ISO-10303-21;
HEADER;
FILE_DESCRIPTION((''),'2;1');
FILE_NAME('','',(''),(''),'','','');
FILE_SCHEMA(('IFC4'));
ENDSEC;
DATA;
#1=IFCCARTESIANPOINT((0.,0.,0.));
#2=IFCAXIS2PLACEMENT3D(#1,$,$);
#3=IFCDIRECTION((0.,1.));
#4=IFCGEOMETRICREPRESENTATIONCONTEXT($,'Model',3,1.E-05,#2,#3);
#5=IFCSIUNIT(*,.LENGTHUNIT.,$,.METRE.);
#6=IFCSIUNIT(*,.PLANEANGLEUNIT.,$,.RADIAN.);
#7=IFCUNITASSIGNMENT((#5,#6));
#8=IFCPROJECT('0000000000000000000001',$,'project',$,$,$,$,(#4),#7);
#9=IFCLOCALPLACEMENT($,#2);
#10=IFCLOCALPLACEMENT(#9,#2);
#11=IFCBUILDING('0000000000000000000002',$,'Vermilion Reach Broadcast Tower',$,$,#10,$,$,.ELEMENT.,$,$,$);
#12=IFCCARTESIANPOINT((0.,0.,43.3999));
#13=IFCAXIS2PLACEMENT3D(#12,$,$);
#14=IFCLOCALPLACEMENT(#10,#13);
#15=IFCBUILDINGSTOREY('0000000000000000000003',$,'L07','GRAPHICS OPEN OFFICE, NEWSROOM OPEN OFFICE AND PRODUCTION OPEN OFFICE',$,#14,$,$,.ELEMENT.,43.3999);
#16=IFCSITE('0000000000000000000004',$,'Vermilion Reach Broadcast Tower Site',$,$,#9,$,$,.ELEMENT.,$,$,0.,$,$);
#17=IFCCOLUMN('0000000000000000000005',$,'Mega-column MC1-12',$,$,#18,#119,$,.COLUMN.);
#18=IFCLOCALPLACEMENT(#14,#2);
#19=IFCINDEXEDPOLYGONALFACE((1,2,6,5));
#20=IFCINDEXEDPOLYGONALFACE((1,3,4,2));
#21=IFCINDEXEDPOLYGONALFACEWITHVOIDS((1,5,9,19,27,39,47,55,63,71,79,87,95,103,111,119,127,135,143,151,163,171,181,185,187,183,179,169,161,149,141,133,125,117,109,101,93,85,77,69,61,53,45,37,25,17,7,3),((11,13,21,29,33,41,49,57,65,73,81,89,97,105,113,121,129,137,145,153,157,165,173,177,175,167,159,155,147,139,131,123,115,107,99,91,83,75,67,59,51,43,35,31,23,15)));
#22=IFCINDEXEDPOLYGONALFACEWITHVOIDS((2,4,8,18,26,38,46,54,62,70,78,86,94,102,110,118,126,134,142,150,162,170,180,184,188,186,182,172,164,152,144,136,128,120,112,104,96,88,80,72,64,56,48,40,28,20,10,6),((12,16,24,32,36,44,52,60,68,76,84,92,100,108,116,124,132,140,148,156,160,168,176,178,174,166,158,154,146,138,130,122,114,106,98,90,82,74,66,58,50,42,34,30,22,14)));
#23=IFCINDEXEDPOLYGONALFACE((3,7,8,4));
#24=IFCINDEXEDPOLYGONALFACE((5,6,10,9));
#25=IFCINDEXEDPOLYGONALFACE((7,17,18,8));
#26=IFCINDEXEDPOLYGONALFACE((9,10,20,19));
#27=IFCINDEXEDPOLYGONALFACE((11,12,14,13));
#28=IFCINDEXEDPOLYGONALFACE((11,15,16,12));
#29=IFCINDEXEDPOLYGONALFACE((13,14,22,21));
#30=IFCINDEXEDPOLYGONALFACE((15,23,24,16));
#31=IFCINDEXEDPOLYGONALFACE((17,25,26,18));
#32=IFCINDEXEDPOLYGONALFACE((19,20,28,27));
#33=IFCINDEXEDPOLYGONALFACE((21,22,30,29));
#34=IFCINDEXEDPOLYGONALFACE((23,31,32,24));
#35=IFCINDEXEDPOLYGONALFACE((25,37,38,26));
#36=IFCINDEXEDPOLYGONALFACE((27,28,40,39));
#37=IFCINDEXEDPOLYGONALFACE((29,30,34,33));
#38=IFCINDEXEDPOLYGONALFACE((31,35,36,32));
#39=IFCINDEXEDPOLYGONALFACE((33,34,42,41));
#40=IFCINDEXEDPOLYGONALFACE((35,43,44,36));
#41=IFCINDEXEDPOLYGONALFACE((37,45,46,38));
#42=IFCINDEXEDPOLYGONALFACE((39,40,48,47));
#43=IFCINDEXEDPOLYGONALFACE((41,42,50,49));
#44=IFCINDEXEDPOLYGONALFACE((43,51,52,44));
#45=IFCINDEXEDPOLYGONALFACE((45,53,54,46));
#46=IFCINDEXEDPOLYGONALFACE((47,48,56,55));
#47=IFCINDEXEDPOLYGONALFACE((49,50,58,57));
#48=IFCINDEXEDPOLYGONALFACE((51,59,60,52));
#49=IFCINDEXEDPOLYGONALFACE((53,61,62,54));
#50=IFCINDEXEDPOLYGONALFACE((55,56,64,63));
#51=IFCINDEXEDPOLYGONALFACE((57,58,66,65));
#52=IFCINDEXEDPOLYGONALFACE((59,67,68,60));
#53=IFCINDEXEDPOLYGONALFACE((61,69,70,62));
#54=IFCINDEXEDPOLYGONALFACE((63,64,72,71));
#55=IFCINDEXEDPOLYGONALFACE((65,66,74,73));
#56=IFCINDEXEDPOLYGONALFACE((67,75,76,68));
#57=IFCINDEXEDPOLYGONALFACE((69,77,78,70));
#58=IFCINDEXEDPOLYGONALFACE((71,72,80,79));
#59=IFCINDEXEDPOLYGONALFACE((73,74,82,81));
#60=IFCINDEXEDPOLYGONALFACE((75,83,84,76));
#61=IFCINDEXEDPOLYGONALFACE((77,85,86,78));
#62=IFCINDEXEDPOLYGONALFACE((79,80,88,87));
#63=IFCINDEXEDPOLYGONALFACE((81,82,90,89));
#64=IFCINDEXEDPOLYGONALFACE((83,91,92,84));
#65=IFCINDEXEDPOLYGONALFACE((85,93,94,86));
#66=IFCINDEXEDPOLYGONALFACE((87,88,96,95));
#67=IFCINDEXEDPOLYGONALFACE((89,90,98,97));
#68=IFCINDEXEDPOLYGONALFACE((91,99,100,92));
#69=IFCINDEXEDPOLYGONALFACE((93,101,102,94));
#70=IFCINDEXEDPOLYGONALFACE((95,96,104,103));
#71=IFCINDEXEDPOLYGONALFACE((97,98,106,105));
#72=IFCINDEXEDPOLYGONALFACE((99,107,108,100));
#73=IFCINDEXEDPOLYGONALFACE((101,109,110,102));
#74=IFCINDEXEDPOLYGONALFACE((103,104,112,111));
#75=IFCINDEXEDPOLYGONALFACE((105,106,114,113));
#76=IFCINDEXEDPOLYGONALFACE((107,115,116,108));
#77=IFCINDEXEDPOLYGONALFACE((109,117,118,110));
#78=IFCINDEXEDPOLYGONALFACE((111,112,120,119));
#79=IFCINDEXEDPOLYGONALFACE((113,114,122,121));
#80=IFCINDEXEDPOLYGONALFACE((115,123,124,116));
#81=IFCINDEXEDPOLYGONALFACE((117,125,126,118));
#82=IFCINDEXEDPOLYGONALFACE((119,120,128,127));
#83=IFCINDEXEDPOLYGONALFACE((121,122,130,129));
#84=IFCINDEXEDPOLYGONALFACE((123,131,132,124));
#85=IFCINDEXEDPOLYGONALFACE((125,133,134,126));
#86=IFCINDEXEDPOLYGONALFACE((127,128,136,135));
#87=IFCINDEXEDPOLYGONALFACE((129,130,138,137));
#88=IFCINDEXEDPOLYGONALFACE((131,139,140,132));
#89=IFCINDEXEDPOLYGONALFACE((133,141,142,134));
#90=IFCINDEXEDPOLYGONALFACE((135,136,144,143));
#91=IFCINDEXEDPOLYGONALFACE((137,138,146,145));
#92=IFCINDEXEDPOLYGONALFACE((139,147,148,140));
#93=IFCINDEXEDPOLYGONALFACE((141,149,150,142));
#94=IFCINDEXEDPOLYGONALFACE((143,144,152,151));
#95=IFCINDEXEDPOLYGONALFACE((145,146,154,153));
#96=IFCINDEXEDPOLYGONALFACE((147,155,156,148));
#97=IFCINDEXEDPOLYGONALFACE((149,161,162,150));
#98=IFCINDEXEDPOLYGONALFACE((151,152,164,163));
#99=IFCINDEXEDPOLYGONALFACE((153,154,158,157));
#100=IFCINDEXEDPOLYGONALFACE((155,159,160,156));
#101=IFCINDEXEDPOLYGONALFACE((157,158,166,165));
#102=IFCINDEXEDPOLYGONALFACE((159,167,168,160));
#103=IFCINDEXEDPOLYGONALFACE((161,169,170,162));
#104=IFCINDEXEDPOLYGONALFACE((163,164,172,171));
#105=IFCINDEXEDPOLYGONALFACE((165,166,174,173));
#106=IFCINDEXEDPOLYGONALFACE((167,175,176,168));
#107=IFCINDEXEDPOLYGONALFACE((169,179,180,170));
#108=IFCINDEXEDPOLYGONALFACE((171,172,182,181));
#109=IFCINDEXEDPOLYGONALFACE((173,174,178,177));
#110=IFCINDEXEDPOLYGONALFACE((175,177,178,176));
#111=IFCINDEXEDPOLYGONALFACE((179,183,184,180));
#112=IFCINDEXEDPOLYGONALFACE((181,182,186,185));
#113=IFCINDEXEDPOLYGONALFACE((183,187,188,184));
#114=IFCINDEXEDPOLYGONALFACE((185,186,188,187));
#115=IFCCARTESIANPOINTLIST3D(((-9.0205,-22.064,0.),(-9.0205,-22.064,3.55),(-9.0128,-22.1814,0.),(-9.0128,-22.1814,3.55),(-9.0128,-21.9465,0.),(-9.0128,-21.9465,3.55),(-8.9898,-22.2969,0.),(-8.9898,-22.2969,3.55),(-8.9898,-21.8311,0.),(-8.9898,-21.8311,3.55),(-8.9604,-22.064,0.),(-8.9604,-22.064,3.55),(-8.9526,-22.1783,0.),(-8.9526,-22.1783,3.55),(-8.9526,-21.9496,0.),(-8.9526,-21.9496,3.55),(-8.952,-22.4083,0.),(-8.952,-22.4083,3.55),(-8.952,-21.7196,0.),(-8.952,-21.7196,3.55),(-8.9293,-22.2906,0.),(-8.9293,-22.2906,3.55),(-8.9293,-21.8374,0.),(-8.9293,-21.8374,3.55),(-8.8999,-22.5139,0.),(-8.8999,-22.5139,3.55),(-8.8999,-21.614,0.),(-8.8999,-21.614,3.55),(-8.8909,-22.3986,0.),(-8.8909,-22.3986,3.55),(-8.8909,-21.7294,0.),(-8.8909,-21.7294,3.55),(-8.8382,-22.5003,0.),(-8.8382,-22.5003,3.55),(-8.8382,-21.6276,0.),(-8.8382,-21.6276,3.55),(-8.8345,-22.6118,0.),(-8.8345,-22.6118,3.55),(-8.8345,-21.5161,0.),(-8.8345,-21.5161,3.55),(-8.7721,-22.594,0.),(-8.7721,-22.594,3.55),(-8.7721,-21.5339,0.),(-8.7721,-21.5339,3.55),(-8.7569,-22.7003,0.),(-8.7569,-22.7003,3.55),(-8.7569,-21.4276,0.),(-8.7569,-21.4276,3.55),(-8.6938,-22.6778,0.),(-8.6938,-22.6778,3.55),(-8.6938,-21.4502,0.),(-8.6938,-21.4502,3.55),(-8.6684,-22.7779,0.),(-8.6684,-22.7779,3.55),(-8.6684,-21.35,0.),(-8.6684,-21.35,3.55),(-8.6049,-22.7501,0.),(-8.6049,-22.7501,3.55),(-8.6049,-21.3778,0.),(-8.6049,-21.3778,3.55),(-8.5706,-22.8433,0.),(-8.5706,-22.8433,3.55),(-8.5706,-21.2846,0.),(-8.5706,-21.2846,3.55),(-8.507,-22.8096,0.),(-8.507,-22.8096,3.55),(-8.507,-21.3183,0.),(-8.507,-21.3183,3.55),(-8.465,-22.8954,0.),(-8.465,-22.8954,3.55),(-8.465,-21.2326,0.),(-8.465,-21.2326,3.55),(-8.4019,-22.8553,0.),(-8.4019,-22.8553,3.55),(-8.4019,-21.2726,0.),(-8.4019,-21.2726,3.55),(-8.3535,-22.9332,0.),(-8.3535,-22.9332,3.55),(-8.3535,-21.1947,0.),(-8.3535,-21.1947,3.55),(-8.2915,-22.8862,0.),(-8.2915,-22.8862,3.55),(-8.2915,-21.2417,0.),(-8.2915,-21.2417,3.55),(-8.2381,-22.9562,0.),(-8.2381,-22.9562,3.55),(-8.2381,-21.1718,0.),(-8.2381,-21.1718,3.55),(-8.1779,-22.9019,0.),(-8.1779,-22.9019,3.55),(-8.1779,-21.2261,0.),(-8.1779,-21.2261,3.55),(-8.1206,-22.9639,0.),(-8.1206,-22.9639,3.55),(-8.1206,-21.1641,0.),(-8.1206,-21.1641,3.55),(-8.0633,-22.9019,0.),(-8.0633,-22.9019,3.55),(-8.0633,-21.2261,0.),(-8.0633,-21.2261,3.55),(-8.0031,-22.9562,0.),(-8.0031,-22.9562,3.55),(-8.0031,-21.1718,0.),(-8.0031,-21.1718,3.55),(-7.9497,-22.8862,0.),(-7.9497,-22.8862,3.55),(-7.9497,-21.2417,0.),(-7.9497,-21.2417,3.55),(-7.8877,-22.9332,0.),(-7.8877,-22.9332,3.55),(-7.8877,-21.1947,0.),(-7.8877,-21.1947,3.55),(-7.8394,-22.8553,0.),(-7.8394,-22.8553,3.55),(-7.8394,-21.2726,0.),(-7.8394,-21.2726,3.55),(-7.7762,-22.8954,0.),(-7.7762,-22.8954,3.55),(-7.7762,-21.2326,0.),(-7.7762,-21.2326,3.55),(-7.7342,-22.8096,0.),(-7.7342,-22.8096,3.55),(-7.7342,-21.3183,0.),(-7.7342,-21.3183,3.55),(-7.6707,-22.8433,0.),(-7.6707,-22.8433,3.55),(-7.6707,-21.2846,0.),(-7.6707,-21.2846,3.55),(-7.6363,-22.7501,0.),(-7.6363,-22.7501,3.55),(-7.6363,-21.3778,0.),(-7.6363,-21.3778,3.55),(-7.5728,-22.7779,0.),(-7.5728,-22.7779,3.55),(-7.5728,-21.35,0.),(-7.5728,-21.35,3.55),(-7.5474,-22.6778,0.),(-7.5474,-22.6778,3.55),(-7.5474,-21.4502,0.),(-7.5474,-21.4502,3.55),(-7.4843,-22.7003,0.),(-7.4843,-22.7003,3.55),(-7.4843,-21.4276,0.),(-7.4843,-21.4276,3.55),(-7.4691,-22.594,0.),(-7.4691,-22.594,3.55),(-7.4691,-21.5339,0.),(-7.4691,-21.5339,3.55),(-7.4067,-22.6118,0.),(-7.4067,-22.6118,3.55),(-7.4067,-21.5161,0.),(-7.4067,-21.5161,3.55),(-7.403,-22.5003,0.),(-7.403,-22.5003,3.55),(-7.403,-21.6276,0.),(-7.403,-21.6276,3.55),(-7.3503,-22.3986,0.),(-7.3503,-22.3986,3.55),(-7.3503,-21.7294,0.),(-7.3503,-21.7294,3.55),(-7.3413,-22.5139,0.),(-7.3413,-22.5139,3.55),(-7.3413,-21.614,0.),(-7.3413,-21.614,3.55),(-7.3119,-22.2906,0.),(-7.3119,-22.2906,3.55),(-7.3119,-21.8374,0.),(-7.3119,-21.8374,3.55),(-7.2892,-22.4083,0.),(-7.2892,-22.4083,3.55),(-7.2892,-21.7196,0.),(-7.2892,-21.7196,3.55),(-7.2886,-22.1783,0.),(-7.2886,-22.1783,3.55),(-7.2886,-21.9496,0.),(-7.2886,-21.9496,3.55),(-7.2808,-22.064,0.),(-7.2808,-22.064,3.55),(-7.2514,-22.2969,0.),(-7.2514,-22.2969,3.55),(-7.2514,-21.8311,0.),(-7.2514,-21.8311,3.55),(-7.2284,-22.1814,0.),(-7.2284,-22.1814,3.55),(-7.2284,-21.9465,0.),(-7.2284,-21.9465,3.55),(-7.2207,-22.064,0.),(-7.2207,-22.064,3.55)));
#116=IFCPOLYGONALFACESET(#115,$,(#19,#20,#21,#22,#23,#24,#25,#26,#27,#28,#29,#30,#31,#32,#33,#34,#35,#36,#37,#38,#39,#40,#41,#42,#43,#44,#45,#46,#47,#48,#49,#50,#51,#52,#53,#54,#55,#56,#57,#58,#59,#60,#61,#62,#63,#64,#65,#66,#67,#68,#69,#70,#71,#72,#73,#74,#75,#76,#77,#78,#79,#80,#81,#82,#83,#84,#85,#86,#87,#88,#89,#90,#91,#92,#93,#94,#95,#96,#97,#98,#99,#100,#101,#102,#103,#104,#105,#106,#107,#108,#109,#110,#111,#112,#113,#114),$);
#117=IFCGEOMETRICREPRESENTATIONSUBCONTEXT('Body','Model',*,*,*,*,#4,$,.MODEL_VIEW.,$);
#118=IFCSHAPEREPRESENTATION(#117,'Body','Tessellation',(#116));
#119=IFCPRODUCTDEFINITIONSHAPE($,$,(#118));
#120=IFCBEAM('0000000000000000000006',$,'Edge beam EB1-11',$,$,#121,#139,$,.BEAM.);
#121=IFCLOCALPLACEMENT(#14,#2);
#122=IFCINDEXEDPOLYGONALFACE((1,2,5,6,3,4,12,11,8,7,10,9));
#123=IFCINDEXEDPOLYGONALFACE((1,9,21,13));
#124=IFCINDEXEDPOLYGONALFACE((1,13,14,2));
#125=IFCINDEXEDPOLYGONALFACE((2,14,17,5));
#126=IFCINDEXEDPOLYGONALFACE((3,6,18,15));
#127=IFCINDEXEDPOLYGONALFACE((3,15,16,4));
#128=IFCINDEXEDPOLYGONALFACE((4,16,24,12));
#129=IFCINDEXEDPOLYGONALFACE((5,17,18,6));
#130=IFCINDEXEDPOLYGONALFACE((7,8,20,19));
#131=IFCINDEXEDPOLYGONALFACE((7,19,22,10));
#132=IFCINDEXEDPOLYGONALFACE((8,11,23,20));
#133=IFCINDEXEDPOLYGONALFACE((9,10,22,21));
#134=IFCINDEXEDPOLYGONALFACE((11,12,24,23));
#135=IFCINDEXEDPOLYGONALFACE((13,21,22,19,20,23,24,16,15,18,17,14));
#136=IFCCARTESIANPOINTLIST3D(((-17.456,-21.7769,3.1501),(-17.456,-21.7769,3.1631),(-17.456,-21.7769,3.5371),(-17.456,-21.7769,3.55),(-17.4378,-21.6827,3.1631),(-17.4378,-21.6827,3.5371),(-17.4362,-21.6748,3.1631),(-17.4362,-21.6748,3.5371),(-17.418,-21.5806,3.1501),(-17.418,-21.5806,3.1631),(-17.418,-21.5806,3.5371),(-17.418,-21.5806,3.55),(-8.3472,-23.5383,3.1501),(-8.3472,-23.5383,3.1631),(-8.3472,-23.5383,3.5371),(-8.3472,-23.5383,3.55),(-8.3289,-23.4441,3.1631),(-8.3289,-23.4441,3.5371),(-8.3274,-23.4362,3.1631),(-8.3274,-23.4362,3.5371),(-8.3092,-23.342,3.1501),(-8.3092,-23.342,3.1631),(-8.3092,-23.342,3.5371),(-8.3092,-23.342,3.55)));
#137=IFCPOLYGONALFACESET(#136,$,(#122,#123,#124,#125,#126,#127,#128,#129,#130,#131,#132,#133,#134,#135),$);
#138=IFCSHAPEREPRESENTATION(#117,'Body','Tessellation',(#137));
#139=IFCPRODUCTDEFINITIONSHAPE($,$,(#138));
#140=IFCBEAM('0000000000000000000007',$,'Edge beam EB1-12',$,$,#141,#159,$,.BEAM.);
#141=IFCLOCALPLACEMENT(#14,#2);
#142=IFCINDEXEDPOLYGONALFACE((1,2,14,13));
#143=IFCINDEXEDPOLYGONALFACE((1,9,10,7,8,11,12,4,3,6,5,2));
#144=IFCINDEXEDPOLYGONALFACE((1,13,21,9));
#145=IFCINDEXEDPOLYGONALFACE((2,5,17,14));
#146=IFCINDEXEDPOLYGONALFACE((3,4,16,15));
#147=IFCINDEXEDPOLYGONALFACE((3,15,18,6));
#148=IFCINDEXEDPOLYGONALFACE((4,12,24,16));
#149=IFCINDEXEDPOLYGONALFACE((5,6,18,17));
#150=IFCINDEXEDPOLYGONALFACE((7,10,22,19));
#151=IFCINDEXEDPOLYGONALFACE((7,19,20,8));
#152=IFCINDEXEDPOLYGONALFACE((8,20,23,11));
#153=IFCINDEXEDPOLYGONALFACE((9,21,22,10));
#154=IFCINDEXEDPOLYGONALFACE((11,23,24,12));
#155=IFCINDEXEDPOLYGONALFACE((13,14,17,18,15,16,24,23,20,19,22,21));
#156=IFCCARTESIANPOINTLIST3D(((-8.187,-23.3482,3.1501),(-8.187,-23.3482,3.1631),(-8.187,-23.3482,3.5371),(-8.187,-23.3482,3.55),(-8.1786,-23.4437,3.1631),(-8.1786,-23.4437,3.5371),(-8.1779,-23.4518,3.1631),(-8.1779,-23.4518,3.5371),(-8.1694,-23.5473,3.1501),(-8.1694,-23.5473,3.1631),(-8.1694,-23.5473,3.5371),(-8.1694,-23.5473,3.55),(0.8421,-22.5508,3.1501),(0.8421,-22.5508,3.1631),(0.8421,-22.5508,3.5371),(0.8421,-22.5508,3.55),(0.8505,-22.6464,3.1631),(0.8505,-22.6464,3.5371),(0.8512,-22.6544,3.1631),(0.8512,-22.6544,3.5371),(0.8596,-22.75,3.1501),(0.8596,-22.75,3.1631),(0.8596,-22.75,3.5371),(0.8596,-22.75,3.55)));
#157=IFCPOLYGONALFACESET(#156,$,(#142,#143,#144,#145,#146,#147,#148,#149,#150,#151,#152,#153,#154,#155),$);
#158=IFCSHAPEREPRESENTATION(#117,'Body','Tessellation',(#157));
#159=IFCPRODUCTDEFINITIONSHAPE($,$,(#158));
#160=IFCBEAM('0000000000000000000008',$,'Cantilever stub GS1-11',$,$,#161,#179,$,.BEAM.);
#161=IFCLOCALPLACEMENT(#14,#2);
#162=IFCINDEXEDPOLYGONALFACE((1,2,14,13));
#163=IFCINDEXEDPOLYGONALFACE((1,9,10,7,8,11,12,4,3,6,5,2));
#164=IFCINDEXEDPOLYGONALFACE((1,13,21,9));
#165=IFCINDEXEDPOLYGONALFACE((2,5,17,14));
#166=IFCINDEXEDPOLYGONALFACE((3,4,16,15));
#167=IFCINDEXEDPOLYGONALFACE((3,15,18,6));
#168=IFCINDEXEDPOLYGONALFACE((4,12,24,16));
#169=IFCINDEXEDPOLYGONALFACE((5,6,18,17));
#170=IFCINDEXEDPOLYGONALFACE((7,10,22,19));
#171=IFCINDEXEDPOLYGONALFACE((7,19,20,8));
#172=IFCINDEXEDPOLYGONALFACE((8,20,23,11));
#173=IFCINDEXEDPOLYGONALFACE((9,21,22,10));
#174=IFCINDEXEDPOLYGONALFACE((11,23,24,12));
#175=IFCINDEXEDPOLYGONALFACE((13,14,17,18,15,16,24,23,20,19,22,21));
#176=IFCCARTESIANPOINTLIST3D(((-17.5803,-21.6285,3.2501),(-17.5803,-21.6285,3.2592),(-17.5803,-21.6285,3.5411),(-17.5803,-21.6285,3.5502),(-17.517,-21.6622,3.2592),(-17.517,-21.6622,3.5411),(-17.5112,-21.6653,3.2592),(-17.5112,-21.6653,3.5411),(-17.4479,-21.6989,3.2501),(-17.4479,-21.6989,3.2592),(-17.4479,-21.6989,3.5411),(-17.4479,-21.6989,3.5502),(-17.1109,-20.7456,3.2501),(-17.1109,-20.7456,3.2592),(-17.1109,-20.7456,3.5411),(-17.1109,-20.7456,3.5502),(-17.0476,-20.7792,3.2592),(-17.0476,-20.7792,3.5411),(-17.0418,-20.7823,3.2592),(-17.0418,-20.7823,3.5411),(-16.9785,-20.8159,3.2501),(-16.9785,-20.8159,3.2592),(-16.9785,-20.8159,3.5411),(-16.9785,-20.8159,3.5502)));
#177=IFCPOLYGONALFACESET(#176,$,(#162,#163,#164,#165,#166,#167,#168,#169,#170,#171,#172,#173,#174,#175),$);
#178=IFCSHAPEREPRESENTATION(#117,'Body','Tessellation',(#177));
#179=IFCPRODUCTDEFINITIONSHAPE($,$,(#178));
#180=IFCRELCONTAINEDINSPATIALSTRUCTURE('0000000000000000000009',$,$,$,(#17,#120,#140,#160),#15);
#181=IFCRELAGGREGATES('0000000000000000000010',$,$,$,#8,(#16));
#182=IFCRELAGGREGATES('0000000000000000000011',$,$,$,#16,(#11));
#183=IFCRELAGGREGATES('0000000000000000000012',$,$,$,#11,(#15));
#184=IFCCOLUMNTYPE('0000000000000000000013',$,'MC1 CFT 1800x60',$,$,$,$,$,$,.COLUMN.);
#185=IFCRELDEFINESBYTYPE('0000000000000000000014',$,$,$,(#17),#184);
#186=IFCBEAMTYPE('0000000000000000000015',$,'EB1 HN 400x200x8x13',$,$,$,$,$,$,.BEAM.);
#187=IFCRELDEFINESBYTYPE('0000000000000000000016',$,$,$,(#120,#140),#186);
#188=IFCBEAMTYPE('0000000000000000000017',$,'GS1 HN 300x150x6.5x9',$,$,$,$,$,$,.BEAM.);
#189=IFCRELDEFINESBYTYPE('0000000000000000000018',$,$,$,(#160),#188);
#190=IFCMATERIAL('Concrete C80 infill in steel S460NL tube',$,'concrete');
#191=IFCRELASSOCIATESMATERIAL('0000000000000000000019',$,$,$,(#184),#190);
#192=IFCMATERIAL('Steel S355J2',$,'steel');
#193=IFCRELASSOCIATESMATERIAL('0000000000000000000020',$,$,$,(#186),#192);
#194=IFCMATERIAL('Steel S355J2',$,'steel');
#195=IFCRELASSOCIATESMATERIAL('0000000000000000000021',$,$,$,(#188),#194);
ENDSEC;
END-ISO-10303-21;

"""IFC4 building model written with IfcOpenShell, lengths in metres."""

from ifc_helpers import new_model, si_unit, direction, frame, origin, origin_2d, place, context, subcontext, project, spatial, hollow_circle, i_section, extrude, material, material_profile, profile_set, type_object, element, save


model = new_model("IFC4")

# Units and contexts
model_context = context("Model", 3, precision=1e-05, world=origin(), true_north=direction((0.0, 1.0)))
body_context = subcontext(model_context, "Body", "Model", "MODEL_VIEW")
ifc_project = project(units=[si_unit("LENGTHUNIT", "METRE"), si_unit("PLANEANGLEUNIT", "RADIAN")], contexts=[model_context])

# Site, building, storey
site_placement = place(None, origin())
site = spatial("IfcSite", under=ifc_project, at=site_placement, Name="Vermilion Reach Broadcast Tower Site", CompositionType="ELEMENT", RefElevation=0.0)
building_placement = place(site_placement, origin())
building = spatial("IfcBuilding", under=site, at=building_placement, Name="Vermilion Reach Broadcast Tower", CompositionType="ELEMENT")
storey_placement = place(building_placement, frame((0.0, 0.0, 43.3999)))
storey = spatial("IfcBuildingStorey", under=building, at=storey_placement, Name="L07", Description="GRAPHICS OPEN OFFICE, NEWSROOM OPEN OFFICE AND PRODUCTION OPEN OFFICE", CompositionType="ELEMENT", Elevation=43.3999)

# Column
ifc_material_1 = material(Name="Concrete C80 infill in steel S460NL tube", Category="concrete")
ifc_material_profile_1 = material_profile(ifc_material_1, hollow_circle(Radius=0.8999, WallThickness=0.0601, at=origin_2d()), Name="Concrete C80 infill in steel S460NL tube CFT 1800x60")
ifc_profile_set_1 = profile_set([ifc_material_profile_1], Name="Concrete C80 infill in steel S460NL tube")
column_type = type_object("IfcColumnType", Name="MC1 CFT 1800x60", PredefinedType="COLUMN", material=ifc_profile_set_1)
for number, where, z_axis, x_axis, name in (
    (1, (-8.1206, -22.064, 0.0), (0.0, 0.0, 1.0), (1.0, 0.0, 0.0), "Mega-column MC1-12"),
):
    element("IfcColumn", number, at=place(storey_placement, frame(where, z_axis=z_axis, x_axis=x_axis)), inside=storey, type_object=column_type, Name=name, PredefinedType="COLUMN", context=body_context, shape_type="SweptSolid", body=[
        extrude(hollow_circle(Radius=0.8999, WallThickness=0.0601, at=origin_2d()), origin(), (0.0, 0.0, 1.0), 3.55),
    ])

# Beams
ifc_material_2 = material(Name="Steel S355J2", Category="steel")
ifc_material_profile_2 = material_profile(ifc_material_2, i_section(OverallWidth=0.2, OverallDepth=0.3999, WebThickness=0.0081, FlangeThickness=0.0129, at=origin_2d()), Name="S355J2 HN 400x200x8x13")
ifc_profile_set_2 = profile_set([ifc_material_profile_2], Name="Steel S355J2")
beam_type_1 = type_object("IfcBeamType", Name="EB1 HN 400x200x8x13", PredefinedType="BEAM", material=ifc_profile_set_2)
beam_1_placement = place(storey_placement, frame((-17.437, -21.6787, 3.3501), z_axis=(0.981811, -0.189862, 0.0), x_axis=(0.189862, 0.981811, 0.0)))
element("IfcBeam", 2, at=beam_1_placement, inside=storey, type_object=beam_type_1, Name="Edge beam EB1-11", PredefinedType="BEAM", context=body_context, shape_type="SweptSolid", body=[
    extrude(i_section(OverallWidth=0.2, OverallDepth=0.3999, WebThickness=0.0081, FlangeThickness=0.0129, at=origin_2d()), origin(), (0.0, 0.0, 1.0), 9.2776),
])
beam_2_placement = place(storey_placement, frame((-8.1782, -23.4478, 3.3501), z_axis=(0.996123, 0.087968, 0.0), x_axis=(-0.087968, 0.996123, 0.0)))
element("IfcBeam", 3, at=beam_2_placement, inside=storey, type_object=beam_type_1, Name="Edge beam EB1-12", PredefinedType="BEAM", context=body_context, shape_type="SweptSolid", body=[
    extrude(i_section(OverallWidth=0.2, OverallDepth=0.3999, WebThickness=0.0081, FlangeThickness=0.0129, at=origin_2d()), origin(), (0.0, 0.0, 1.0), 9.0642),
])
ifc_material_3 = material(Name="Steel S355J2", Category="steel")
ifc_material_profile_3 = material_profile(ifc_material_3, i_section(OverallWidth=0.1499, OverallDepth=0.3, WebThickness=0.0066, FlangeThickness=0.009, at=origin_2d()), Name="S355J2 HN 300x150x6.5x9")
ifc_profile_set_3 = profile_set([ifc_material_profile_3], Name="Steel S355J2")
beam_type_2 = type_object("IfcBeamType", Name="GS1 HN 300x150x6.5x9", PredefinedType="BEAM", material=ifc_profile_set_3)
for number, where, z_axis, x_axis, name in (
    (4, (-17.0447, -20.7808, 3.4001), (-0.469435, -0.882967, 0.0), (0.882967, -0.469435, 0.0), "Cantilever stub GS1-11"),
):
    element("IfcBeam", number, at=place(storey_placement, frame(where, z_axis=z_axis, x_axis=x_axis)), inside=storey, type_object=beam_type_2, Name=name, PredefinedType="BEAM", context=body_context, shape_type="SweptSolid", body=[
        extrude(i_section(OverallWidth=0.1499, OverallDepth=0.3, WebThickness=0.0066, FlangeThickness=0.009, at=origin_2d()), origin(), (0.0, 0.0, 1.0), 1.0),
    ])

save(model, "model.ifc")
